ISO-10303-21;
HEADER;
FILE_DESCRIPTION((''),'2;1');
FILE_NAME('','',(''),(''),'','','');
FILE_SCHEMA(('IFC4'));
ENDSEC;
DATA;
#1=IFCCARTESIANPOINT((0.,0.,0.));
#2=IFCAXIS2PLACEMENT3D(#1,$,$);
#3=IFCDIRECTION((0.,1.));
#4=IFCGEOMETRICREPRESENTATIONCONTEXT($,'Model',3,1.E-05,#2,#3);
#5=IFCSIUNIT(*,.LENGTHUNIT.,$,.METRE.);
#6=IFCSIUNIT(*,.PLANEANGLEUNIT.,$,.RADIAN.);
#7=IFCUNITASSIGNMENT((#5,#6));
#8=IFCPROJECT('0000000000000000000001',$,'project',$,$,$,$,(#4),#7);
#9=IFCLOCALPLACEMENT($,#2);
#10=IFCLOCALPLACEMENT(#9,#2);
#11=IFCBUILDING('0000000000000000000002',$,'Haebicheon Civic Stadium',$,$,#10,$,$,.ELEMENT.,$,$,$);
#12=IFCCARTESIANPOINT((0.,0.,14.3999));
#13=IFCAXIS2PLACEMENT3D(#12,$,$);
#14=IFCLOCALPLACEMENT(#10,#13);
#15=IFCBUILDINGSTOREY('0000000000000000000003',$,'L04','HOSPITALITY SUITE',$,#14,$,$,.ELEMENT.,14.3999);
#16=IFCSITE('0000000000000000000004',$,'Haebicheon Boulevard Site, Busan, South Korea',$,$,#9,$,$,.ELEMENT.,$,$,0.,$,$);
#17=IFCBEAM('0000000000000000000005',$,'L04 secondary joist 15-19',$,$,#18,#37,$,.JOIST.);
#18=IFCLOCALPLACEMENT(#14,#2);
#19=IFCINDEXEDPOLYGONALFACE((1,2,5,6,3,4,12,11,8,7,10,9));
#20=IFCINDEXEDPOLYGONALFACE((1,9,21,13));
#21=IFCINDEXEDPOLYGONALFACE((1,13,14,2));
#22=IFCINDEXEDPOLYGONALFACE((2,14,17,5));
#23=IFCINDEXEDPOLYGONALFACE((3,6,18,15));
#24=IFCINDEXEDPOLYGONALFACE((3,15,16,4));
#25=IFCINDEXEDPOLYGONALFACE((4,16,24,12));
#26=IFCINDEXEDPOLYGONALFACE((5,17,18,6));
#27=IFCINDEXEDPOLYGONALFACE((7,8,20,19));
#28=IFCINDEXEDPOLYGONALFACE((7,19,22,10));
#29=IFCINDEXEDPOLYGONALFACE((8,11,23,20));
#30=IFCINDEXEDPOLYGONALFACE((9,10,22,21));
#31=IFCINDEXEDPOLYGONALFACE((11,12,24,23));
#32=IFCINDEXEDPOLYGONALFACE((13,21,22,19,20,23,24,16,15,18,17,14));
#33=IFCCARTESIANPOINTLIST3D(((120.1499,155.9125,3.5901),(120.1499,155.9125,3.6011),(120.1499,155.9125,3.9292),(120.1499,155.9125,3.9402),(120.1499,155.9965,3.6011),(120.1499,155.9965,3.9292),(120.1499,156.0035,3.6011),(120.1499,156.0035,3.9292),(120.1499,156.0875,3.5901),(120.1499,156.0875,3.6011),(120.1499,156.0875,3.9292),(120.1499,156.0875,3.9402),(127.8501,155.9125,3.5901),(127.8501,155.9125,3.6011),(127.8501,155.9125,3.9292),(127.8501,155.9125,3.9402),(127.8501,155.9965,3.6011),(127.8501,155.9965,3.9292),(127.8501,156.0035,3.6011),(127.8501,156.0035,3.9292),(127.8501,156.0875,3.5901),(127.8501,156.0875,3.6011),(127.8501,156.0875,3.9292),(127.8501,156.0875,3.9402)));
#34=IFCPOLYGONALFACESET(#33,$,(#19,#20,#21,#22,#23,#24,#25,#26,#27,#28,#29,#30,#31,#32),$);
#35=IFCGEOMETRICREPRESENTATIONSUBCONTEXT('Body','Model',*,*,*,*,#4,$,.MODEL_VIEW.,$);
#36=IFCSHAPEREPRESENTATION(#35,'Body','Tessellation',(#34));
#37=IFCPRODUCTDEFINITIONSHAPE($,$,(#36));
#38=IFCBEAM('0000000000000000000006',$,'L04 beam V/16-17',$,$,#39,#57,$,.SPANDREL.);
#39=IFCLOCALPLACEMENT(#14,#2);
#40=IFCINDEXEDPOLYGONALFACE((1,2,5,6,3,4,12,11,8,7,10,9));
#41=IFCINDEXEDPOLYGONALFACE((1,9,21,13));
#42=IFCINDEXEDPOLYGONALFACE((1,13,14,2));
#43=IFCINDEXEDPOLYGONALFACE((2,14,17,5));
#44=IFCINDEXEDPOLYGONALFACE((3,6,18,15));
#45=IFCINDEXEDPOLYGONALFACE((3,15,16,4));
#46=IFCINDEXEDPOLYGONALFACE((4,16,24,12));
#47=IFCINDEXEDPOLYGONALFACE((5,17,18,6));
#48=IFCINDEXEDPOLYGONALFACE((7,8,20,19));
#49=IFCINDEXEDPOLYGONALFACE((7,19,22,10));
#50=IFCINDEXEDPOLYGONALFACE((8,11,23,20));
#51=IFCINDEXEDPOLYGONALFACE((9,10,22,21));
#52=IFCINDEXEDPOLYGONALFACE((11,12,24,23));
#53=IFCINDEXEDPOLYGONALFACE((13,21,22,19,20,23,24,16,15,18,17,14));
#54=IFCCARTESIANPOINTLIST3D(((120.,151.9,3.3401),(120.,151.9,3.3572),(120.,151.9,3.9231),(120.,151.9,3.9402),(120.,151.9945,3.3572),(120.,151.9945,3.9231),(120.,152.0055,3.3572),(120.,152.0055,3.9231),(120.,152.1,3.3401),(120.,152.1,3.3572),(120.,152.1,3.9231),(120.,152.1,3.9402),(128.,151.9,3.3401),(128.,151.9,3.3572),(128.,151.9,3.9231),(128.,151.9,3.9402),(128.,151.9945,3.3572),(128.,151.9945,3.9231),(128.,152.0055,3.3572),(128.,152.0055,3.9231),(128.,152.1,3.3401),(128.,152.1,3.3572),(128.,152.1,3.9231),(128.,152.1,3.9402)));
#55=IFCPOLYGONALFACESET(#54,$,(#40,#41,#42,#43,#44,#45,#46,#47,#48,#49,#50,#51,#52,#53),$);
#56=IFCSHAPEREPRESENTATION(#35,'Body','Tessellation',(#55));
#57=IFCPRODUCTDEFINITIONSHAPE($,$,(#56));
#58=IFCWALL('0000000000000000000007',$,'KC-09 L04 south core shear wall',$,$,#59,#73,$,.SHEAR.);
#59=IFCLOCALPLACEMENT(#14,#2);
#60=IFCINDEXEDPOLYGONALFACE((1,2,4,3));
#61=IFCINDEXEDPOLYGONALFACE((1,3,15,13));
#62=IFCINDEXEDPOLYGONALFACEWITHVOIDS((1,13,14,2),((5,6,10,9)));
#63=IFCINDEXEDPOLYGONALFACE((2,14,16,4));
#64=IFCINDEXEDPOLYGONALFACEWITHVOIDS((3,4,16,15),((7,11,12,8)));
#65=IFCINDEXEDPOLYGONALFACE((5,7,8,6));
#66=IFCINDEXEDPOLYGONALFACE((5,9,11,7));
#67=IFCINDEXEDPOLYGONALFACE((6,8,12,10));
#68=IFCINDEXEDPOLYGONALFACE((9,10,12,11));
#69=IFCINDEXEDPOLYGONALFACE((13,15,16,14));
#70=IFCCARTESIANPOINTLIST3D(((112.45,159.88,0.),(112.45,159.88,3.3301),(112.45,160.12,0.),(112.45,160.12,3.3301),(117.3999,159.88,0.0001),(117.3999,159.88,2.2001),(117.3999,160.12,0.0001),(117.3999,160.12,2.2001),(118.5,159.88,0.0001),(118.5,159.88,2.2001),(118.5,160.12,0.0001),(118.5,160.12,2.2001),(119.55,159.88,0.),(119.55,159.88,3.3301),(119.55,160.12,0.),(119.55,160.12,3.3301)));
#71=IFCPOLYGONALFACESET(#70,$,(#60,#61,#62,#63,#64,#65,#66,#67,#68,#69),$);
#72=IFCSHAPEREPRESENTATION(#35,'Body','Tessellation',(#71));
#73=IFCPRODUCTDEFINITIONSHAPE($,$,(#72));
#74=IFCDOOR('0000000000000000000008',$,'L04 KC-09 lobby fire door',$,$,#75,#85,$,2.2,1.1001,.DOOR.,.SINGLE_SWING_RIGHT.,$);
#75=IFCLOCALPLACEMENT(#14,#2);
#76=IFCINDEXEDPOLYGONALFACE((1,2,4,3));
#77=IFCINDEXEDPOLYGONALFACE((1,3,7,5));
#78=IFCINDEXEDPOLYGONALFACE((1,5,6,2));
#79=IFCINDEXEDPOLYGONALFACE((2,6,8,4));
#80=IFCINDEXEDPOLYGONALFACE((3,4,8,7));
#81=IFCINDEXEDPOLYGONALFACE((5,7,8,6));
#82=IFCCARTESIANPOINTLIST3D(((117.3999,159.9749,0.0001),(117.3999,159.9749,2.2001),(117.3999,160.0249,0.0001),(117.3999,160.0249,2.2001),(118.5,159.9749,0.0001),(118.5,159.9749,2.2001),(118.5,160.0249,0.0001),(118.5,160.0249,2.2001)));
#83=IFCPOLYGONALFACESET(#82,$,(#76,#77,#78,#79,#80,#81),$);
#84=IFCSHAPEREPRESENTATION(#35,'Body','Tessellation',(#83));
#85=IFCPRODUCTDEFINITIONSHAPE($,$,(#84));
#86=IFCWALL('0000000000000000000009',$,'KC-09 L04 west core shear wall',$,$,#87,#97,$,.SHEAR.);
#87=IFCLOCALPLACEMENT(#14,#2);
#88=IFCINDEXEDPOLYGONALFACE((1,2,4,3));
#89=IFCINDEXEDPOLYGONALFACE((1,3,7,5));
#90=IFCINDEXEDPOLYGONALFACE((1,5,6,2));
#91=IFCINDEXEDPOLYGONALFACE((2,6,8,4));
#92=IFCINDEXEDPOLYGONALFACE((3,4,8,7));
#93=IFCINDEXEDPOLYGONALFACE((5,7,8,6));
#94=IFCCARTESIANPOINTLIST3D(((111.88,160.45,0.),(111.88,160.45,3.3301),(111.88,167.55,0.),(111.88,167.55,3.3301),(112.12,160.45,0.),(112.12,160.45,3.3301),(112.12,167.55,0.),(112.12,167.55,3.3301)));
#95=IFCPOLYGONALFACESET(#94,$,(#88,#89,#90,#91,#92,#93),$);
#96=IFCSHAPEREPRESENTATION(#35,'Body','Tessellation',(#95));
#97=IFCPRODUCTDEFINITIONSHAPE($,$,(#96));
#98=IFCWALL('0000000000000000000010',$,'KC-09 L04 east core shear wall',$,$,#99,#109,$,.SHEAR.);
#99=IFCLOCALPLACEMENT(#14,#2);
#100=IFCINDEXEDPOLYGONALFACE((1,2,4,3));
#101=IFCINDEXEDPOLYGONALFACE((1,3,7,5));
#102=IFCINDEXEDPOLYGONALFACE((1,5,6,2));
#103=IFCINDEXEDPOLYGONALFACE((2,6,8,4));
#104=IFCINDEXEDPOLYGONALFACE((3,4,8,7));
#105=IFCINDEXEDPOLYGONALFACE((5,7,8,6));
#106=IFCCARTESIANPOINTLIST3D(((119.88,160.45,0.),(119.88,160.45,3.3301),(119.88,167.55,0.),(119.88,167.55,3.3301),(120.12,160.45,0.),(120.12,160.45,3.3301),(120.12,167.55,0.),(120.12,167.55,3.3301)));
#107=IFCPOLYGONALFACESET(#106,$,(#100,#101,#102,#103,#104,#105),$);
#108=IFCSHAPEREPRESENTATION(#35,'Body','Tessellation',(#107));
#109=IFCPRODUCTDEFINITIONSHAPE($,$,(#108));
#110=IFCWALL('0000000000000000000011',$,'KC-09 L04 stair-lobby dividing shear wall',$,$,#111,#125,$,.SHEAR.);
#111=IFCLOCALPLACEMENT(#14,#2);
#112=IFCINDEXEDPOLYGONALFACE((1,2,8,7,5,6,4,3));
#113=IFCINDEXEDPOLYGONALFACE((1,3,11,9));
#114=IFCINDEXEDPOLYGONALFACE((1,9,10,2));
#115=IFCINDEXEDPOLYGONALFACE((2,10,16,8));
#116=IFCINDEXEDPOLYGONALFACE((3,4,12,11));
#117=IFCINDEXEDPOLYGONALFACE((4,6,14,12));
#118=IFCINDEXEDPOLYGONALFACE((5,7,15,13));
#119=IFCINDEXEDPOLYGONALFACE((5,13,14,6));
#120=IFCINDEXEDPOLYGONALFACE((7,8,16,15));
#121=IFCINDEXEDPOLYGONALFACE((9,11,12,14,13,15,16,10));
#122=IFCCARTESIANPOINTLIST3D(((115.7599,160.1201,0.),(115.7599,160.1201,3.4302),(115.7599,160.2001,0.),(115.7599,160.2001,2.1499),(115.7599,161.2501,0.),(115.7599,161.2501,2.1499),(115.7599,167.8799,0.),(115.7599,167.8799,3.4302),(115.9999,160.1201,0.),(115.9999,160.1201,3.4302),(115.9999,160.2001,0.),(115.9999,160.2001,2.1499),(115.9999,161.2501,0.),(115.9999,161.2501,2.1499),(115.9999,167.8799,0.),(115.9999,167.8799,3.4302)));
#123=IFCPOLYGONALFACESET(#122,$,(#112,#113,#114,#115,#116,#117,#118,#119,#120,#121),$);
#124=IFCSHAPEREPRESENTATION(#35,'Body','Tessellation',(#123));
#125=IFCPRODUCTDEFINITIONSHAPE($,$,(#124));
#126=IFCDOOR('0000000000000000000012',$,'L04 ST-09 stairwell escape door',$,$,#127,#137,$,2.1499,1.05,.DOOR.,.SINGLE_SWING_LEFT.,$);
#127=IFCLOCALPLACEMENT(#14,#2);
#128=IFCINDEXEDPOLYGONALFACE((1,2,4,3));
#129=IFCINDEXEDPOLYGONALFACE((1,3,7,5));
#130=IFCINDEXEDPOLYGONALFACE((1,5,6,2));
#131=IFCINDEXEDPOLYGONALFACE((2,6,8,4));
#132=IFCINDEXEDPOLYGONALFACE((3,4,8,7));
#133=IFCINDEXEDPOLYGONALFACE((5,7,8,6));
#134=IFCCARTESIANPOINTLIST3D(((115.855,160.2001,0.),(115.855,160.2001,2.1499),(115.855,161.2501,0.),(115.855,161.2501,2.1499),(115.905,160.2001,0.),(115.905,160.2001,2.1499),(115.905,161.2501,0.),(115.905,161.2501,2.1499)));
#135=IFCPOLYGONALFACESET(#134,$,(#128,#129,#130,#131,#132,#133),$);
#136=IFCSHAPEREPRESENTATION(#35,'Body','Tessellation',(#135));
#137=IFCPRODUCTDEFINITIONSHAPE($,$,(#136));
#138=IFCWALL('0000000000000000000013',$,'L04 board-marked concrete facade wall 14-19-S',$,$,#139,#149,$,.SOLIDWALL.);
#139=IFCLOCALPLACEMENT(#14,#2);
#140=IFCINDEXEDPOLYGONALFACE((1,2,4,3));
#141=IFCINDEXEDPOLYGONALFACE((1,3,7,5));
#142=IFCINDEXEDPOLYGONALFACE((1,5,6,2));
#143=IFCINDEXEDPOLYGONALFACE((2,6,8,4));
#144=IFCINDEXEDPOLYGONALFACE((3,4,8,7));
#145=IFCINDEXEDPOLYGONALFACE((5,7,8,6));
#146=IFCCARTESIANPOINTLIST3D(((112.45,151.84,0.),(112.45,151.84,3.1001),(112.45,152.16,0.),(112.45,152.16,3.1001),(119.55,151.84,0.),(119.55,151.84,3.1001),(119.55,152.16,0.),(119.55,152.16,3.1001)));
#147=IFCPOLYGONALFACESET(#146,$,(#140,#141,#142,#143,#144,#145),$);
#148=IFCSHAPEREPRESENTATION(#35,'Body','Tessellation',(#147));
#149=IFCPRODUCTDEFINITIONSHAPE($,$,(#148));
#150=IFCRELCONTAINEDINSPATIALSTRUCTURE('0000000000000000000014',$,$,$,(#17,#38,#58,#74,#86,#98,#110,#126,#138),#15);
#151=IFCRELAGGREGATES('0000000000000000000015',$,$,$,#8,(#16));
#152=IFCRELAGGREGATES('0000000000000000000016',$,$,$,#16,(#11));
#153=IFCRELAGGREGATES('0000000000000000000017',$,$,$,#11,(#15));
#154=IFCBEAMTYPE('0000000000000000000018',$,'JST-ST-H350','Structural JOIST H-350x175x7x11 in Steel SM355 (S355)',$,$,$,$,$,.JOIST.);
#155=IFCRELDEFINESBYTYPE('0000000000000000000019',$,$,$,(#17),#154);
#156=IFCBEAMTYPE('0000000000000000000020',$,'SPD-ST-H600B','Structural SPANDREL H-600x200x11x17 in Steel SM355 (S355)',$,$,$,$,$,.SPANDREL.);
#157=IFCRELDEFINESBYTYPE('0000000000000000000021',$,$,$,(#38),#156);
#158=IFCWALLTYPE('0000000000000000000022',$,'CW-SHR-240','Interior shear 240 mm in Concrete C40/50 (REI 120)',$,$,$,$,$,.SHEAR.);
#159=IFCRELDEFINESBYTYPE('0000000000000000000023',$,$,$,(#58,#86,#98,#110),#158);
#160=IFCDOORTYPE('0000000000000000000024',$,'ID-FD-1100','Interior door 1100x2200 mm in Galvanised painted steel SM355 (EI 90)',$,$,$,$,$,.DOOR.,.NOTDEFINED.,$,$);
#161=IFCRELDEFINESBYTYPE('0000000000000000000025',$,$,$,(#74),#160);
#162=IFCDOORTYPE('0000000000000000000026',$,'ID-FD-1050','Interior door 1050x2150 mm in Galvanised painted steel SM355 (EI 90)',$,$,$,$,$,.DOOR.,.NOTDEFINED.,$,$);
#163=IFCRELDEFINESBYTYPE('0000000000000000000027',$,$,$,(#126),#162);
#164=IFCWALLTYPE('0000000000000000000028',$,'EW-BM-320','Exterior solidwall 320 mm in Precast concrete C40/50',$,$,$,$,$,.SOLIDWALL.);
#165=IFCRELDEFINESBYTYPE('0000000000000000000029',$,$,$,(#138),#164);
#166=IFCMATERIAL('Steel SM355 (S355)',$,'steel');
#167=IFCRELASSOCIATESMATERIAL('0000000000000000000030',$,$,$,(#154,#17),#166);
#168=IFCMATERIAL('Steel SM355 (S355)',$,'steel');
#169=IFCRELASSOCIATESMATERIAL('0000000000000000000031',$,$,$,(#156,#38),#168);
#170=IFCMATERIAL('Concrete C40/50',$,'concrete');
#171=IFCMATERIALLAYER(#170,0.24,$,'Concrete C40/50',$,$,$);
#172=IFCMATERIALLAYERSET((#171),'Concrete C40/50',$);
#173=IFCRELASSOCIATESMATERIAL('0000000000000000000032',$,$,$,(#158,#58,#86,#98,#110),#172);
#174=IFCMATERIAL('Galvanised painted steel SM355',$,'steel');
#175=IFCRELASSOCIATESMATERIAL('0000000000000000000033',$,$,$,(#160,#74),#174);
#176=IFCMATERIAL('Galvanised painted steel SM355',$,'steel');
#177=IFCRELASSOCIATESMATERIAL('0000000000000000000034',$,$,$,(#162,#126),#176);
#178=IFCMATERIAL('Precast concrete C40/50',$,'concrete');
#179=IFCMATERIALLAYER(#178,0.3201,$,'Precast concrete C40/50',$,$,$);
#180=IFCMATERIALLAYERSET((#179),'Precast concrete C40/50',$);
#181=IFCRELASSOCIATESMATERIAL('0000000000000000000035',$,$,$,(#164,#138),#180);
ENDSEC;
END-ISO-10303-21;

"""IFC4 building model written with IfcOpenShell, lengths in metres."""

from ifc_helpers import new_model, si_unit, direction, frame, frame_2d, origin, origin_2d, place, context, subcontext, project, spatial, rectangle, i_section, extrude, material, layer, layer_set, material_profile, profile_set, type_object, element, fill, save


model = new_model("IFC4")

# Units and contexts
model_context = context("Model", 3, precision=1e-05, world=origin(), true_north=direction((0.0, 1.0)))
body_context = subcontext(model_context, "Body", "Model", "MODEL_VIEW")
ifc_project = project(units=[si_unit("LENGTHUNIT", "METRE"), si_unit("PLANEANGLEUNIT", "RADIAN")], contexts=[model_context])

# Site, building, storey
site_placement = place(None, origin())
site = spatial("IfcSite", under=ifc_project, at=site_placement, Name="Haebicheon Boulevard Site, Busan, South Korea", CompositionType="ELEMENT", RefElevation=0.0)
building_placement = place(site_placement, origin())
building = spatial("IfcBuilding", under=site, at=building_placement, Name="Haebicheon Civic Stadium", CompositionType="ELEMENT")
storey_placement = place(building_placement, frame((0.0, 0.0, 14.3999)))
storey = spatial("IfcBuildingStorey", under=building, at=storey_placement, Name="L04", Description="HOSPITALITY SUITE", CompositionType="ELEMENT", Elevation=14.3999)

# Beams
ifc_material_1 = material(Name="Steel SM355 (S355)", Category="steel")
ifc_material_profile_1 = material_profile(ifc_material_1, i_section(OverallWidth=0.175, OverallDepth=0.3501, WebThickness=0.0071, FlangeThickness=0.011, at=origin_2d()), Name="H-350x175x7x11")
ifc_profile_set_1 = profile_set([ifc_material_profile_1], Name="Steel SM355 (S355)")
beam_type_1 = type_object("IfcBeamType", Name="JST-ST-H350", Description="Structural JOIST H-350x175x7x11 in Steel SM355 (S355)", PredefinedType="JOIST", material=ifc_profile_set_1)
for number, where, z_axis, x_axis, name in (
    (1, (120.1499, 156.0, 3.7651), (1.0, 0.0, 0.0), (0.0, 1.0, 0.0), "L04 secondary joist 15-19"),
):
    element("IfcBeam", number, at=place(storey_placement, frame(where, z_axis=z_axis, x_axis=x_axis)), inside=storey, type_object=beam_type_1, material=ifc_profile_set_1, Name=name, PredefinedType="JOIST", context=body_context, shape_type="SweptSolid", body=[
        extrude(i_section(OverallWidth=0.175, OverallDepth=0.3501, WebThickness=0.0071, FlangeThickness=0.011, at=origin_2d()), origin(), (0.0, 0.0, 1.0), 7.7002),
    ])
ifc_material_2 = material(Name="Steel SM355 (S355)", Category="steel")
ifc_material_profile_2 = material_profile(ifc_material_2, i_section(OverallWidth=0.2, OverallDepth=0.6001, WebThickness=0.011, FlangeThickness=0.0171, at=origin_2d()), Name="H-600x200x11x17")
ifc_profile_set_2 = profile_set([ifc_material_profile_2], Name="Steel SM355 (S355)")
beam_type_2 = type_object("IfcBeamType", Name="SPD-ST-H600B", Description="Structural SPANDREL H-600x200x11x17 in Steel SM355 (S355)", PredefinedType="SPANDREL", material=ifc_profile_set_2)
beam_1_placement = place(storey_placement, frame((120.0, 152.0, 3.6401), z_axis=(1.0, 0.0, 0.0), x_axis=(0.0, 1.0, 0.0)))
element("IfcBeam", 2, at=beam_1_placement, inside=storey, type_object=beam_type_2, material=ifc_profile_set_2, Name="L04 beam V/16-17", PredefinedType="SPANDREL", context=body_context, shape_type="SweptSolid", body=[
    extrude(i_section(OverallWidth=0.2, OverallDepth=0.6001, WebThickness=0.011, FlangeThickness=0.0171, at=origin_2d()), origin(), (0.0, 0.0, 1.0), 8.0),
])

# Wall, opening, door
ifc_material_3 = material(Name="Concrete C40/50", Category="concrete")
ifc_layer_1 = layer(ifc_material_3, 0.24, Name="Concrete C40/50")
ifc_layer_set_1 = layer_set([ifc_layer_1], Name="Concrete C40/50")
wall_type_1 = type_object("IfcWallType", Name="CW-SHR-240", Description="Interior shear 240 mm in Concrete C40/50 (REI 120)", PredefinedType="SHEAR", material=ifc_layer_set_1)
wall_1_placement = place(storey_placement, frame((112.45, 160.0, 0.0), z_axis=(0.0, 0.0, 1.0), x_axis=(1.0, 0.0, 0.0)))
wall_1 = element("IfcWall", 3, at=wall_1_placement, inside=storey, type_object=wall_type_1, material=ifc_layer_set_1, Name="KC-09 L04 south core shear wall", PredefinedType="SHEAR", context=body_context, shape_type="SweptSolid", body=[
    extrude(rectangle(XDim=7.1001, YDim=0.24, at=frame_2d((3.55, 0.0))), origin(), (0.0, 0.0, 1.0), 3.3301),
])
opening_1_placement = place(wall_1_placement, frame((4.95, 0.0, 0.0)))
opening_1 = element("IfcOpeningElement", 4, at=opening_1_placement, cuts=wall_1, PredefinedType="OPENING", context=body_context, shape_type="SweptSolid", body=[
    extrude(rectangle(XDim=1.1001, YDim=2.2, at=frame_2d((0.55, 1.1001))), frame((0.0, 0.1299, 0.0), z_axis=(0.0, -1.0, 0.0), x_axis=(1.0, 0.0, 0.0)), (0.0, 0.0, 1.0), 0.26),
])
ifc_material_4 = material(Name="Galvanised painted steel SM355", Category="steel")
door_type_1 = type_object("IfcDoorType", Name="ID-FD-1100", Description="Interior door 1100x2200 mm in Galvanised painted steel SM355 (EI 90)", OperationType="NOTDEFINED", PredefinedType="DOOR", material=ifc_material_4)
door_1_placement = place(opening_1_placement, origin())
door_1 = element("IfcDoor", 5, at=door_1_placement, inside=storey, type_object=door_type_1, material=ifc_material_4, Name="L04 KC-09 lobby fire door", OperationType="SINGLE_SWING_RIGHT", OverallHeight=2.2, OverallWidth=1.1001, PredefinedType="DOOR", context=body_context, shape_type="SweptSolid", body=[
    extrude(rectangle(XDim=1.1001, YDim=2.2, at=frame_2d((0.55, 1.1001))), frame((0.0, 0.0249, 0.0), z_axis=(0.0, -1.0, 0.0), x_axis=(1.0, 0.0, 0.0)), (0.0, 0.0, 1.0), 0.05),
])
fill(opening_1, door_1)

# Walls
for number, where, z_axis, x_axis, name in (
    (6, (112.0, 160.45, 0.0), (0.0, 0.0, 1.0), (0.0, 1.0, 0.0), "KC-09 L04 west core shear wall"),
    (7, (120.0, 160.45, 0.0), (0.0, 0.0, 1.0), (0.0, 1.0, 0.0), "KC-09 L04 east core shear wall"),
):
    element("IfcWall", number, at=place(storey_placement, frame(where, z_axis=z_axis, x_axis=x_axis)), inside=storey, type_object=wall_type_1, material=ifc_layer_set_1, Name=name, PredefinedType="SHEAR", context=body_context, shape_type="SweptSolid", body=[
        extrude(rectangle(XDim=7.1001, YDim=0.24, at=frame_2d((3.55, 0.0))), origin(), (0.0, 0.0, 1.0), 3.3301),
    ])

# Wall, opening, door
wall_2_placement = place(storey_placement, frame((115.8799, 160.1201, 0.0), z_axis=(0.0, 0.0, 1.0), x_axis=(0.0, 1.0, 0.0)))
wall_2 = element("IfcWall", 8, at=wall_2_placement, inside=storey, type_object=wall_type_1, material=ifc_layer_set_1, Name="KC-09 L04 stair-lobby dividing shear wall", PredefinedType="SHEAR", context=body_context, shape_type="SweptSolid", body=[
    extrude(rectangle(XDim=7.7598, YDim=0.24, at=frame_2d((3.8799, 0.0))), origin(), (0.0, 0.0, 1.0), 3.4302),
])
opening_2_placement = place(wall_2_placement, frame((0.0801, 0.0, 0.0)))
opening_2 = element("IfcOpeningElement", 9, at=opening_2_placement, cuts=wall_2, PredefinedType="OPENING", context=body_context, shape_type="SweptSolid", body=[
    extrude(rectangle(XDim=1.05, YDim=2.1499, at=frame_2d((0.5249, 1.075))), frame((0.0, 0.1299, 0.0), z_axis=(0.0, -1.0, 0.0), x_axis=(1.0, 0.0, 0.0)), (0.0, 0.0, 1.0), 0.26),
])
ifc_material_5 = material(Name="Galvanised painted steel SM355", Category="steel")
door_type_2 = type_object("IfcDoorType", Name="ID-FD-1050", Description="Interior door 1050x2150 mm in Galvanised painted steel SM355 (EI 90)", OperationType="NOTDEFINED", PredefinedType="DOOR", material=ifc_material_5)
door_2_placement = place(opening_2_placement, origin())
door_2 = element("IfcDoor", 10, at=door_2_placement, inside=storey, type_object=door_type_2, material=ifc_material_5, Name="L04 ST-09 stairwell escape door", OperationType="SINGLE_SWING_LEFT", OverallHeight=2.1499, OverallWidth=1.05, PredefinedType="DOOR", context=body_context, shape_type="SweptSolid", body=[
    extrude(rectangle(XDim=1.05, YDim=2.1499, at=frame_2d((0.5249, 1.075))), frame((0.0, 0.0249, 0.0), z_axis=(0.0, -1.0, 0.0), x_axis=(1.0, 0.0, 0.0)), (0.0, 0.0, 1.0), 0.05),
])
fill(opening_2, door_2)

# Wall
ifc_material_6 = material(Name="Precast concrete C40/50", Category="concrete")
ifc_layer_2 = layer(ifc_material_6, 0.3201, Name="Precast concrete C40/50")
ifc_layer_set_2 = layer_set([ifc_layer_2], Name="Precast concrete C40/50")
wall_type_2 = type_object("IfcWallType", Name="EW-BM-320", Description="Exterior solidwall 320 mm in Precast concrete C40/50", PredefinedType="SOLIDWALL", material=ifc_layer_set_2)
wall_3_placement = place(storey_placement, frame((112.45, 152.0, 0.0), z_axis=(0.0, 0.0, 1.0), x_axis=(1.0, 0.0, 0.0)))
element("IfcWall", 11, at=wall_3_placement, inside=storey, type_object=wall_type_2, material=ifc_layer_set_2, Name="L04 board-marked concrete facade wall 14-19-S", PredefinedType="SOLIDWALL", context=body_context, shape_type="SweptSolid", body=[
    extrude(rectangle(XDim=7.1001, YDim=0.3201, at=frame_2d((3.55, 0.0))), origin(), (0.0, 0.0, 1.0), 3.1001),
])

save(model, "model.ifc")
